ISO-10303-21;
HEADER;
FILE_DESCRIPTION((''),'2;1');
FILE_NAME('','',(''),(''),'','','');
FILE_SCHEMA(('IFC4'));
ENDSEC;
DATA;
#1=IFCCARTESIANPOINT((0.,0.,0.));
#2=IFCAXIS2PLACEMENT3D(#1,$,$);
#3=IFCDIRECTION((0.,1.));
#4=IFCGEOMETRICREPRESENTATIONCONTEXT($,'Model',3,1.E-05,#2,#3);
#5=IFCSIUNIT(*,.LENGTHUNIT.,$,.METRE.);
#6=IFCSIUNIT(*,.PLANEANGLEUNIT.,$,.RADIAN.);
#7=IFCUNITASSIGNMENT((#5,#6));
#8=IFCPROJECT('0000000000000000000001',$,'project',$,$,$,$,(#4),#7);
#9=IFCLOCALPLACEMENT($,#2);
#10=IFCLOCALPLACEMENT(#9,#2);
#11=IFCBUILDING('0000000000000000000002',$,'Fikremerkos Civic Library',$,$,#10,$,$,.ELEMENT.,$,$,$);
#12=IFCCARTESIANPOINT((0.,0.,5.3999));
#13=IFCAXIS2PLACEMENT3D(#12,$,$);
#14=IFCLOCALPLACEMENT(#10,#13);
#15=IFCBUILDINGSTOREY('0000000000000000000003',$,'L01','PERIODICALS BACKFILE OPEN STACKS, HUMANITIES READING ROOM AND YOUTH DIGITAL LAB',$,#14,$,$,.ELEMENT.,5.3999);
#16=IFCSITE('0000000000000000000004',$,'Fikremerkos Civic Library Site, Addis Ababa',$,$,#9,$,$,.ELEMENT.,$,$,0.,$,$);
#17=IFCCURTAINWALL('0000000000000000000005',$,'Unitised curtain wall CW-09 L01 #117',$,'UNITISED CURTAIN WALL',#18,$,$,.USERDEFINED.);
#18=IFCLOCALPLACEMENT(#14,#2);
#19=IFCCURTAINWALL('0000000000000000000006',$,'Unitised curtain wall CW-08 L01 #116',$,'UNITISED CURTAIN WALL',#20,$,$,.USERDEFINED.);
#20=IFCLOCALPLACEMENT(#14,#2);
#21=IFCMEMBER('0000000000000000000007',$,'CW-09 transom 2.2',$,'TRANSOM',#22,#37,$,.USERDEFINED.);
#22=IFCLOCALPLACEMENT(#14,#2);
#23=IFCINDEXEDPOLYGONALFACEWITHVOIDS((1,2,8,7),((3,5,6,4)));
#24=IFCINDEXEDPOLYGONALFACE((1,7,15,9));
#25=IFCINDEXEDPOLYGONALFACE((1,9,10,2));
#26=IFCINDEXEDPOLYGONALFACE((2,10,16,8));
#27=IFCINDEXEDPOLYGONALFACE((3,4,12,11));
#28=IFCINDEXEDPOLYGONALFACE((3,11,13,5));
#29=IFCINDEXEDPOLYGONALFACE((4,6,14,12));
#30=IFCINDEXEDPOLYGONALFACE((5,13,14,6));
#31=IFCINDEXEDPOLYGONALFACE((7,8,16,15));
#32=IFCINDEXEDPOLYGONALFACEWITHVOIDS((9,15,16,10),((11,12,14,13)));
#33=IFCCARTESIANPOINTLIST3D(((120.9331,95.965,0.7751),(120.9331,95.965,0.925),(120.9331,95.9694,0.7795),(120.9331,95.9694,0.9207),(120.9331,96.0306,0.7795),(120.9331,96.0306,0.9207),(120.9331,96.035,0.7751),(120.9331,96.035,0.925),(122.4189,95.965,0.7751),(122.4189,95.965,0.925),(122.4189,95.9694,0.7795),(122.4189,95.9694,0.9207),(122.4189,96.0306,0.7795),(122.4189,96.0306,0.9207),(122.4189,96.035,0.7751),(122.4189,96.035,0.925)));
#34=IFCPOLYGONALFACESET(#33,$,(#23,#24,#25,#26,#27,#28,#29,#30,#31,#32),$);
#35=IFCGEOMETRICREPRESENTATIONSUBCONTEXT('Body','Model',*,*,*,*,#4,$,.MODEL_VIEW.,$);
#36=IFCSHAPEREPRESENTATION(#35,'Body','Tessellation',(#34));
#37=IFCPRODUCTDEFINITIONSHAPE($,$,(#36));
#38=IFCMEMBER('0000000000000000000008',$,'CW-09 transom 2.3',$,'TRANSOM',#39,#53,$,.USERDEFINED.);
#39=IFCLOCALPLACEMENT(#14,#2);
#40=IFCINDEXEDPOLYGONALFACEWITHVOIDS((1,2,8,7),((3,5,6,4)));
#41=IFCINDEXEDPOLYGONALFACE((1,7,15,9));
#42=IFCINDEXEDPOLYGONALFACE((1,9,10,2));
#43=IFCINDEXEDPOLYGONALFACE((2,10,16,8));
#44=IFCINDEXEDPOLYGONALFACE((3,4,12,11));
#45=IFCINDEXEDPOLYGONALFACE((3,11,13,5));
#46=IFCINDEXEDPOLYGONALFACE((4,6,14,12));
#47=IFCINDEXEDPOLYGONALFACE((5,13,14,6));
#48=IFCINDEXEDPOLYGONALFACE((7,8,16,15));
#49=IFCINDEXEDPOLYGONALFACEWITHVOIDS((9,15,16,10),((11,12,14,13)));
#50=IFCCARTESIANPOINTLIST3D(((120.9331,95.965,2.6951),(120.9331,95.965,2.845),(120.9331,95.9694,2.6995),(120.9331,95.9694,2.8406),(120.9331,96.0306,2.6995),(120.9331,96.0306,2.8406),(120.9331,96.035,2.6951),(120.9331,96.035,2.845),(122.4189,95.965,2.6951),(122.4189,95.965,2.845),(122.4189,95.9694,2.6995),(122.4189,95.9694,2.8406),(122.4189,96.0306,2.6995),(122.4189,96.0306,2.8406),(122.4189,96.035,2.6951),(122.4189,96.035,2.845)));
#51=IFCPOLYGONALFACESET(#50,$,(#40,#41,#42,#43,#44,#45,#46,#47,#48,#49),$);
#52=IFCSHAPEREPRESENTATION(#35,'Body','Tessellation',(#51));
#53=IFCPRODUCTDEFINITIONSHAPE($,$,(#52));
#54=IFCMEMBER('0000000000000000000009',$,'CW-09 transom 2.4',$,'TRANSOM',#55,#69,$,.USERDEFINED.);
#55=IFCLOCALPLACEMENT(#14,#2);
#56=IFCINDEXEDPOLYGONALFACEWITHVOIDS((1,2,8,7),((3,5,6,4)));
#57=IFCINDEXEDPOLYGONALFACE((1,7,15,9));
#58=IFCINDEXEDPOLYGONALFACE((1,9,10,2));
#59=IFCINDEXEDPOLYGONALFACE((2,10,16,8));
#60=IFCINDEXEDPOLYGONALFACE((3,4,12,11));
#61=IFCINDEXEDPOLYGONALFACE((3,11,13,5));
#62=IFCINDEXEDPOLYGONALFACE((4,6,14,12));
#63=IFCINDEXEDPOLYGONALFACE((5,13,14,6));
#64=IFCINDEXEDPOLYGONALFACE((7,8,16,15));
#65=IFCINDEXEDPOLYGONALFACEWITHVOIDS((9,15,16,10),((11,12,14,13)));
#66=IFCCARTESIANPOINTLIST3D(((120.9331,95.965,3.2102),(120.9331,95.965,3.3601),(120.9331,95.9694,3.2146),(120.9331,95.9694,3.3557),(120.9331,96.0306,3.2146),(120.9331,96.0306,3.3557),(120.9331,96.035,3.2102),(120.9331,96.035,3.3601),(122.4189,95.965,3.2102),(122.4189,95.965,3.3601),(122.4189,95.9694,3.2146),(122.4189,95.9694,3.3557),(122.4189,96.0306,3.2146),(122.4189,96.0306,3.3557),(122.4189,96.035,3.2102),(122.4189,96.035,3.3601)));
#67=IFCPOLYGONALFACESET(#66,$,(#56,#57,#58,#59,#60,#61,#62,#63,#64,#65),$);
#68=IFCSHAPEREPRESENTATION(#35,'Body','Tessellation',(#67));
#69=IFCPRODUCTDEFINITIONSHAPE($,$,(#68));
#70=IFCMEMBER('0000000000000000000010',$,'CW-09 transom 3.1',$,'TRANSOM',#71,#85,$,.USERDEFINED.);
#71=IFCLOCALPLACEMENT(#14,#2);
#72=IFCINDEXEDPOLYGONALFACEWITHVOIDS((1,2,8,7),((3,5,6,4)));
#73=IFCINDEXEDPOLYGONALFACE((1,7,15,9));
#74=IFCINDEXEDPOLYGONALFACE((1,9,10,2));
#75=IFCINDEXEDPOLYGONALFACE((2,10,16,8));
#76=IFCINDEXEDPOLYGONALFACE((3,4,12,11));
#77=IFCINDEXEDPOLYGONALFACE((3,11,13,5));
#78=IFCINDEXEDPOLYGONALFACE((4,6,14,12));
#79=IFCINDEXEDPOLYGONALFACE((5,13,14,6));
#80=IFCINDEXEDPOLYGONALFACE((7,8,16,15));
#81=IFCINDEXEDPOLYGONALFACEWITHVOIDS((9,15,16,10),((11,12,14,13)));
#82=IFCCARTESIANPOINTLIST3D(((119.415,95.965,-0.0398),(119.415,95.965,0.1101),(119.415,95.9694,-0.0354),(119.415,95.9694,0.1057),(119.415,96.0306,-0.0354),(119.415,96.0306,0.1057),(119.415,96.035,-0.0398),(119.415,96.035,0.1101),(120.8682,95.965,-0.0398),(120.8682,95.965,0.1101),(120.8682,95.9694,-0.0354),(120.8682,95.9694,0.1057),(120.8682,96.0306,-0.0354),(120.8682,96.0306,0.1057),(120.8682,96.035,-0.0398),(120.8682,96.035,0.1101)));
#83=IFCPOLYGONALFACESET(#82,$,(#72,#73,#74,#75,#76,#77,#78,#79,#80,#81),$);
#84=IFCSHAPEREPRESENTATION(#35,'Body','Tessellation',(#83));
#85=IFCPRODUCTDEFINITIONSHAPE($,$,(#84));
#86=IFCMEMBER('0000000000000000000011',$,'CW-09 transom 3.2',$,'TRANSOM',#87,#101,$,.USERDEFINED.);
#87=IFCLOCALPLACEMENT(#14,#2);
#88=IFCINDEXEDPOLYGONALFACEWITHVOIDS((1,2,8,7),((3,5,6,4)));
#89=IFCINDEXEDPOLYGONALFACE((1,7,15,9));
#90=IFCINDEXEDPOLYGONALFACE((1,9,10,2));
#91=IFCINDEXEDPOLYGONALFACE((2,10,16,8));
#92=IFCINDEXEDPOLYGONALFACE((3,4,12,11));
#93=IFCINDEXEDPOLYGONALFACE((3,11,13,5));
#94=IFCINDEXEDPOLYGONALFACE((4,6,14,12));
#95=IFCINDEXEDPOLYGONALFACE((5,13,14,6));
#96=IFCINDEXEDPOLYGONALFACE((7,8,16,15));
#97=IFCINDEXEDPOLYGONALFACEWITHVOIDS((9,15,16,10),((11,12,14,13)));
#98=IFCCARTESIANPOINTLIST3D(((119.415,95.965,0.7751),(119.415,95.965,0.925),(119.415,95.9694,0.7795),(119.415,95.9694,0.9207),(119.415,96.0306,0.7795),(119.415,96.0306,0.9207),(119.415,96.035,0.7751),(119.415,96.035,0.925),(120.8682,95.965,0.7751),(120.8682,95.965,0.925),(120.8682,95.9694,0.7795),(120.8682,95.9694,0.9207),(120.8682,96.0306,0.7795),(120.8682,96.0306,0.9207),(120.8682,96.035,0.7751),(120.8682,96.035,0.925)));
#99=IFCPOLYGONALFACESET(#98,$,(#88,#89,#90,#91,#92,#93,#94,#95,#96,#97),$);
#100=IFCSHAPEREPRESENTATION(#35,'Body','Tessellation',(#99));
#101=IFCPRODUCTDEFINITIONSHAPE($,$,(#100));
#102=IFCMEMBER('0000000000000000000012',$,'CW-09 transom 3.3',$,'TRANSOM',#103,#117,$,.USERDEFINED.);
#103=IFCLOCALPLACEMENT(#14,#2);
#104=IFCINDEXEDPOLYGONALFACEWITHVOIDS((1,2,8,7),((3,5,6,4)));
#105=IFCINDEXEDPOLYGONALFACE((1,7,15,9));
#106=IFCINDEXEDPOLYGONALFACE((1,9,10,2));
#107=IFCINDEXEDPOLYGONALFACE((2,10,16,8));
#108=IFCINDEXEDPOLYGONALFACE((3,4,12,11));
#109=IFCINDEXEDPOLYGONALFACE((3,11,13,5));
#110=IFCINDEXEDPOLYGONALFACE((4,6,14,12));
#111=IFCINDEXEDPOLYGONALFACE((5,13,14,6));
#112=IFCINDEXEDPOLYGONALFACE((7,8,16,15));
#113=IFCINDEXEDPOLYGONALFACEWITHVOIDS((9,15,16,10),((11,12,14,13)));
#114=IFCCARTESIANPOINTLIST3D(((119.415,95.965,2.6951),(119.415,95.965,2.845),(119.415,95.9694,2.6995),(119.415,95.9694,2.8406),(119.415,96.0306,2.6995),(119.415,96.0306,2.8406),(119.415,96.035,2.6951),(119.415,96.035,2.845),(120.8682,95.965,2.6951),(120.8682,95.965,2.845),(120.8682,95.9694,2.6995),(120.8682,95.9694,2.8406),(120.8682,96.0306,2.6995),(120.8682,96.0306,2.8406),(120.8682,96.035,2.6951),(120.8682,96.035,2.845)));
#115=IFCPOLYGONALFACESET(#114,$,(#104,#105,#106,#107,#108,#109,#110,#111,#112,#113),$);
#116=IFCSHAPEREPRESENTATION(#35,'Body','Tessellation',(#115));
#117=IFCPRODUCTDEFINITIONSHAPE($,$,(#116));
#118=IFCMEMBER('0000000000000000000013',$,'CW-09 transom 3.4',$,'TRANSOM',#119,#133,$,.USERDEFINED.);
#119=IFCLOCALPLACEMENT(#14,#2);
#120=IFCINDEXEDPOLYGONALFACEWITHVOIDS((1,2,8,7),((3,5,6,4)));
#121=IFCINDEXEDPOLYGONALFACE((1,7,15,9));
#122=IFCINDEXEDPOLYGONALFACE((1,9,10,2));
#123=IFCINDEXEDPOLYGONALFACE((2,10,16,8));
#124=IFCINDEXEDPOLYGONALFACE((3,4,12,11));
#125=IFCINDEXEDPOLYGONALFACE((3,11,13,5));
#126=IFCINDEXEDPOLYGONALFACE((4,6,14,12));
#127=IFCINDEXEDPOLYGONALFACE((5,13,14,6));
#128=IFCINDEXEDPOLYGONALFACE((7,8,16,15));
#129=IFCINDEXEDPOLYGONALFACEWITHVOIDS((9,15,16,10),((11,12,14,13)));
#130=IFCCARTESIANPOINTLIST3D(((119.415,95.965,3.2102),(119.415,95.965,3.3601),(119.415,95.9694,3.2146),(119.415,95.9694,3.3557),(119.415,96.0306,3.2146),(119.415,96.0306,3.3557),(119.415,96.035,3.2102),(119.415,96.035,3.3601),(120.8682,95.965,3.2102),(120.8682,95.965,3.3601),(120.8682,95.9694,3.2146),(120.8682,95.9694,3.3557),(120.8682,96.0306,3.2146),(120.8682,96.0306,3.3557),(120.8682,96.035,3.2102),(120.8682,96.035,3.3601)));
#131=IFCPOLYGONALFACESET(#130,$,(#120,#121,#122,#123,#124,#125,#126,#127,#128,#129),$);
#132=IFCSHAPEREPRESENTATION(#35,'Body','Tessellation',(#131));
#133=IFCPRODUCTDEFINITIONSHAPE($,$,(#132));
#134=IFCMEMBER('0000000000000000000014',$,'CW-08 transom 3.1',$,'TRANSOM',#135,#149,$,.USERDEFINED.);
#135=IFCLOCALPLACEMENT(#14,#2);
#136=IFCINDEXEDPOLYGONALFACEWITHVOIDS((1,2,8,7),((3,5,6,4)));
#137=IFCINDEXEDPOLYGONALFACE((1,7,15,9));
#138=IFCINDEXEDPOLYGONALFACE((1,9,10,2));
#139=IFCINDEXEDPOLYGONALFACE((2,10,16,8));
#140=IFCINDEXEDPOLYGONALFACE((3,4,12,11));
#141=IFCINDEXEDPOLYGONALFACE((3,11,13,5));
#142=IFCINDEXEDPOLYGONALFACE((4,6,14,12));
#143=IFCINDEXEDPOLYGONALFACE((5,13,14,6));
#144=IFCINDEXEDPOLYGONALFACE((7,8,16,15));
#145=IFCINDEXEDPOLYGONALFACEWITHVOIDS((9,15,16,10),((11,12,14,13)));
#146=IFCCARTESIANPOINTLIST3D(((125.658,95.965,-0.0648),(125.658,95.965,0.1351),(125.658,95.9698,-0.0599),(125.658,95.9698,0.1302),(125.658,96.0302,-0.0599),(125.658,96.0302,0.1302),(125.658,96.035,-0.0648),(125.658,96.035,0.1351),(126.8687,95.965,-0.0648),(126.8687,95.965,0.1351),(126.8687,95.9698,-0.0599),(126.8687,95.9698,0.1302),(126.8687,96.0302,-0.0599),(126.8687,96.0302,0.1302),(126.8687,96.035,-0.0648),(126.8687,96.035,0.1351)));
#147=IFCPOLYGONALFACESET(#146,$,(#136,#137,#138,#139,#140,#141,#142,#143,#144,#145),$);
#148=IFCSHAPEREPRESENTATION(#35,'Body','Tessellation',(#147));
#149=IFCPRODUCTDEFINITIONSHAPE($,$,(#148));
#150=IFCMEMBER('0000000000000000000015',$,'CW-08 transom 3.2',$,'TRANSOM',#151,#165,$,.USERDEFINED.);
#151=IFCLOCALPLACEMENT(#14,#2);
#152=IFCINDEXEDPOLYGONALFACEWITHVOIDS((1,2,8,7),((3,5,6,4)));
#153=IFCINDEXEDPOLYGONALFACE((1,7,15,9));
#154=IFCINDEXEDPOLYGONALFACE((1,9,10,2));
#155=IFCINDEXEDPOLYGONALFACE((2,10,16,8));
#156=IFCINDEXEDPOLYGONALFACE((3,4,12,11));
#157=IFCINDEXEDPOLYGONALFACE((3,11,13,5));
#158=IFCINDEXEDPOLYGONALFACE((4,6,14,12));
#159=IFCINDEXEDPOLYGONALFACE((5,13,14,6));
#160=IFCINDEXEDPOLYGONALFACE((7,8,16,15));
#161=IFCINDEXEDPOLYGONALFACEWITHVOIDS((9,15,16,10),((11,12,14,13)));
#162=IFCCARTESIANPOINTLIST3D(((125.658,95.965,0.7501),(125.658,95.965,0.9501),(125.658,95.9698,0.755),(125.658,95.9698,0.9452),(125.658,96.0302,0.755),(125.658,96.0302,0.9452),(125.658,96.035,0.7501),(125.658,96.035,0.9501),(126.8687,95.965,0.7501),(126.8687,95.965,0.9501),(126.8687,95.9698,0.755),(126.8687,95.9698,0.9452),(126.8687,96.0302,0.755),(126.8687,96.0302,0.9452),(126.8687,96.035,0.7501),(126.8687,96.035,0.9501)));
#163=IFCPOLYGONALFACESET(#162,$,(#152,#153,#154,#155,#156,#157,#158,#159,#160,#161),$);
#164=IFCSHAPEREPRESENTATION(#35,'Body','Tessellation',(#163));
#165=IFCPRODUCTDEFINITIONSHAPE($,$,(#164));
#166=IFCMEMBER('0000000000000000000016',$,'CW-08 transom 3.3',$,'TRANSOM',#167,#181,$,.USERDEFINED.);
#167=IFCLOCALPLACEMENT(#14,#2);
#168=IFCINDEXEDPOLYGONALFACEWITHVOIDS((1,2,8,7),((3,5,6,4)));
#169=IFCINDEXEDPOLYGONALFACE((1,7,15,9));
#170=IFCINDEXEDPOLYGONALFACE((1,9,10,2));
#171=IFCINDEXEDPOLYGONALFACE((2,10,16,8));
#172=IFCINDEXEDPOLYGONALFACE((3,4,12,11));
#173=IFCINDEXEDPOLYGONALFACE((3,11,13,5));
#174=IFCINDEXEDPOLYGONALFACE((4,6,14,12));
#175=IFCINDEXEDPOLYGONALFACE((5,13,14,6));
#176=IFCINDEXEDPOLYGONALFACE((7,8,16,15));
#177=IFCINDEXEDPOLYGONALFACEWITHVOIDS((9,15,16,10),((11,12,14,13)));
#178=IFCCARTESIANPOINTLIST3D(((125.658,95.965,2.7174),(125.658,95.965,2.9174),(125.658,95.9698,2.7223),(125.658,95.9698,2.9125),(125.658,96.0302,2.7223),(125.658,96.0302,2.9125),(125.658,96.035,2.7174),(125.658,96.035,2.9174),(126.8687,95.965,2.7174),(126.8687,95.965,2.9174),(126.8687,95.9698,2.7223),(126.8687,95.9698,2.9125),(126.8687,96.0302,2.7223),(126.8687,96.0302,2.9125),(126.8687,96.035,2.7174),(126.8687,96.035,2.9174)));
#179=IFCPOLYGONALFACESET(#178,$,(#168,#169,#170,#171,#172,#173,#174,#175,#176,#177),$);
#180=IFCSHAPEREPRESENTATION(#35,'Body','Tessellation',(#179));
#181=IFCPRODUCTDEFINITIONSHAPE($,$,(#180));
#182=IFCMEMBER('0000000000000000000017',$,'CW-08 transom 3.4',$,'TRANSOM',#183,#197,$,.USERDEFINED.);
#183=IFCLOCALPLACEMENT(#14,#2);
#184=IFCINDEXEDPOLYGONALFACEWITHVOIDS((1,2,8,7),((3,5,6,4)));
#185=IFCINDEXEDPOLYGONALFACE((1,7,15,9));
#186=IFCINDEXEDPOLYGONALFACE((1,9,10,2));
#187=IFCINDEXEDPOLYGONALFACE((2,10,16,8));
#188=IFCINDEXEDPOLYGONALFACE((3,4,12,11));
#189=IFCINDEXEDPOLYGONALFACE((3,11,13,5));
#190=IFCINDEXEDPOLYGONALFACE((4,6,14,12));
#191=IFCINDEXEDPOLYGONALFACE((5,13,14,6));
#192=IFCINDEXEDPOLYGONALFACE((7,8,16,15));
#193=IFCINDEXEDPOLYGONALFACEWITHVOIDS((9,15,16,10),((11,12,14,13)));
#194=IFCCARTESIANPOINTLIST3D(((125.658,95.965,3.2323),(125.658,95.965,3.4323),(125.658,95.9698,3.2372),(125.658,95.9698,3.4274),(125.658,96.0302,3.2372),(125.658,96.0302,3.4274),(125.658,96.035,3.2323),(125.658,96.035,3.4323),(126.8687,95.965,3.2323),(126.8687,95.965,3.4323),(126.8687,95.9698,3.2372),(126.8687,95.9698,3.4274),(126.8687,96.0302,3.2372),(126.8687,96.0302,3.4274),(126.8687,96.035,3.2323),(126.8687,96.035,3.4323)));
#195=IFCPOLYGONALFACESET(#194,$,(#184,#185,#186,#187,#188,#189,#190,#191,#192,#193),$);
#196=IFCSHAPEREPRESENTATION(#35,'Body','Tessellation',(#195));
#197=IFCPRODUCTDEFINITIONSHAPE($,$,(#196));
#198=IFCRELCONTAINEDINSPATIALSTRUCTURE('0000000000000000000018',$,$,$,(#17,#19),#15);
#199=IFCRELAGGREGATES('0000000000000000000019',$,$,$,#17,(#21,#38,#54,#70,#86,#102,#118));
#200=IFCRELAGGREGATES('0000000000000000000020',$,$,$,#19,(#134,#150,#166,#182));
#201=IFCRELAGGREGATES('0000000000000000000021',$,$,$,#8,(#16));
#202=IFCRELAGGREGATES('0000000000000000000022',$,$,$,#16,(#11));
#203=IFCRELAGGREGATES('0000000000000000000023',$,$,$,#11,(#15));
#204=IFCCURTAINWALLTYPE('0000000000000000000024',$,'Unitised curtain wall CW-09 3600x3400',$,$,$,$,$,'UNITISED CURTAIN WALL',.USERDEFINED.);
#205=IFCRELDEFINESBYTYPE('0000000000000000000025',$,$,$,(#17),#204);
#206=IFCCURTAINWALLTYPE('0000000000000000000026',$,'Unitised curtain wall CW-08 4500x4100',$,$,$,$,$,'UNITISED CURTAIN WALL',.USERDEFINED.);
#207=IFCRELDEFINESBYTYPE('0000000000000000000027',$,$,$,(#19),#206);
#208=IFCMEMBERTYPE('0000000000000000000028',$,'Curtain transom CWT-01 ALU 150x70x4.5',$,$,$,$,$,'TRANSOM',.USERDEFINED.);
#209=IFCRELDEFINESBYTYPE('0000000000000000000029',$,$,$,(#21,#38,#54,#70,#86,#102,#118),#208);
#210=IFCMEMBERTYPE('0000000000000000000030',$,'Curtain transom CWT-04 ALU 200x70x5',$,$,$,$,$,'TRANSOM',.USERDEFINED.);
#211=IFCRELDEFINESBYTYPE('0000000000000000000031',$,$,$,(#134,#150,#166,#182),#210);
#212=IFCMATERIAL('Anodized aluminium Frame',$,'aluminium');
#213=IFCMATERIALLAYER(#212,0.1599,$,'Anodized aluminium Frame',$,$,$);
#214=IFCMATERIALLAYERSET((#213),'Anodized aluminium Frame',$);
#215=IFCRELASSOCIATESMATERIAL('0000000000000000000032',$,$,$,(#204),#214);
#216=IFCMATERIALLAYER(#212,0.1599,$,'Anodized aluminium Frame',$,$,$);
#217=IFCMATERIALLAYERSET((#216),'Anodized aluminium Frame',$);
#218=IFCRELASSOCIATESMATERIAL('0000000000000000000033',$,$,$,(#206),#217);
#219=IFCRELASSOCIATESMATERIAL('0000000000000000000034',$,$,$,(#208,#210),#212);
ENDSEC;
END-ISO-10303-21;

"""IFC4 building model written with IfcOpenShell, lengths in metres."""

from ifc_helpers import new_model, si_unit, direction, frame, origin, origin_2d, place, context, subcontext, project, spatial, hollow_rectangle, extrude, material, layer, layer_set, material_profile, profile_set, type_object, element, aggregate, save


model = new_model("IFC4")

# Units and contexts
model_context = context("Model", 3, precision=1e-05, world=origin(), true_north=direction((0.0, 1.0)))
body_context = subcontext(model_context, "Body", "Model", "MODEL_VIEW")
ifc_project = project(units=[si_unit("LENGTHUNIT", "METRE"), si_unit("PLANEANGLEUNIT", "RADIAN")], contexts=[model_context])

# Site, building, storey
site_placement = place(None, origin())
site = spatial("IfcSite", under=ifc_project, at=site_placement, Name="Fikremerkos Civic Library Site, Addis Ababa", CompositionType="ELEMENT", RefElevation=0.0)
building_placement = place(site_placement, origin())
building = spatial("IfcBuilding", under=site, at=building_placement, Name="Fikremerkos Civic Library", CompositionType="ELEMENT")
storey_placement = place(building_placement, frame((0.0, 0.0, 5.3999)))
storey = spatial("IfcBuildingStorey", under=building, at=storey_placement, Name="L01", Description="PERIODICALS BACKFILE OPEN STACKS, HUMANITIES READING ROOM AND YOUTH DIGITAL LAB", CompositionType="ELEMENT", Elevation=5.3999)

# Curtain walls
ifc_material_1 = material(Name="Anodized aluminium Frame", Category="aluminium")
ifc_layer_1 = layer(ifc_material_1, 0.1599, Name="Anodized aluminium Frame")
ifc_layer_set_1 = layer_set([ifc_layer_1], Name="Anodized aluminium Frame")
curtain_wall_type_1 = type_object("IfcCurtainWallType", Name="Unitised curtain wall CW-09 3600x3400", ElementType="UNITISED CURTAIN WALL", PredefinedType="USERDEFINED", material=ifc_layer_set_1)
curtain_wall_1_placement = place(storey_placement, origin())
curtain_wall_1 = element("IfcCurtainWall", 1, at=curtain_wall_1_placement, inside=storey, type_object=curtain_wall_type_1, Name="Unitised curtain wall CW-09 L01 #117", ObjectType="UNITISED CURTAIN WALL", PredefinedType="USERDEFINED")
ifc_layer_2 = layer(ifc_material_1, 0.1599, Name="Anodized aluminium Frame")
ifc_layer_set_2 = layer_set([ifc_layer_2], Name="Anodized aluminium Frame")
curtain_wall_type_2 = type_object("IfcCurtainWallType", Name="Unitised curtain wall CW-08 4500x4100", ElementType="UNITISED CURTAIN WALL", PredefinedType="USERDEFINED", material=ifc_layer_set_2)
curtain_wall_2_placement = place(storey_placement, origin())
curtain_wall_2 = element("IfcCurtainWall", 2, at=curtain_wall_2_placement, inside=storey, type_object=curtain_wall_type_2, Name="Unitised curtain wall CW-08 L01 #116", ObjectType="UNITISED CURTAIN WALL", PredefinedType="USERDEFINED")

# Members
ifc_material_profile_1 = material_profile(ifc_material_1, hollow_rectangle(XDim=0.0701, YDim=0.1499, WallThickness=0.0044, at=origin_2d()), Name="ALU 150x70x4.5")
ifc_profile_set_1 = profile_set([ifc_material_profile_1], Name="Anodized aluminium Frame")
member_type_1 = type_object("IfcMemberType", Name="Curtain transom CWT-01 ALU 150x70x4.5", ElementType="TRANSOM", PredefinedType="USERDEFINED", material=ifc_profile_set_1)
member_1_placement = place(storey_placement, frame((122.4189, 96.0, 0.8501), z_axis=(-1.0, 0.0, 0.0), x_axis=(0.0, -1.0, 0.0)))
member_1 = element("IfcMember", 3, at=member_1_placement, type_object=member_type_1, Name="CW-09 transom 2.2", ObjectType="TRANSOM", PredefinedType="USERDEFINED", context=body_context, shape_type="SweptSolid", body=[
    extrude(hollow_rectangle(XDim=0.0701, YDim=0.1499, WallThickness=0.0044, at=origin_2d()), origin(), (0.0, 0.0, 1.0), 1.4858),
])
member_2_placement = place(storey_placement, frame((122.4189, 96.0, 2.77), z_axis=(-1.0, 0.0, 0.0), x_axis=(0.0, -1.0, 0.0)))
member_2 = element("IfcMember", 4, at=member_2_placement, type_object=member_type_1, Name="CW-09 transom 2.3", ObjectType="TRANSOM", PredefinedType="USERDEFINED", context=body_context, shape_type="SweptSolid", body=[
    extrude(hollow_rectangle(XDim=0.0701, YDim=0.1499, WallThickness=0.0044, at=origin_2d()), origin(), (0.0, 0.0, 1.0), 1.4858),
])
member_3_placement = place(storey_placement, frame((122.4189, 96.0, 3.2852), z_axis=(-1.0, 0.0, 0.0), x_axis=(0.0, -1.0, 0.0)))
member_3 = element("IfcMember", 5, at=member_3_placement, type_object=member_type_1, Name="CW-09 transom 2.4", ObjectType="TRANSOM", PredefinedType="USERDEFINED", context=body_context, shape_type="SweptSolid", body=[
    extrude(hollow_rectangle(XDim=0.0701, YDim=0.1499, WallThickness=0.0044, at=origin_2d()), origin(), (0.0, 0.0, 1.0), 1.4858),
])
member_4_placement = place(storey_placement, frame((120.8682, 96.0, 0.0352), z_axis=(-1.0, 0.0, 0.0), x_axis=(0.0, -1.0, 0.0)))
member_4 = element("IfcMember", 6, at=member_4_placement, type_object=member_type_1, Name="CW-09 transom 3.1", ObjectType="TRANSOM", PredefinedType="USERDEFINED", context=body_context, shape_type="SweptSolid", body=[
    extrude(hollow_rectangle(XDim=0.0701, YDim=0.1499, WallThickness=0.0044, at=origin_2d()), origin(), (0.0, 0.0, 1.0), 1.4531),
])
member_5_placement = place(storey_placement, frame((120.8682, 96.0, 0.8501), z_axis=(-1.0, 0.0, 0.0), x_axis=(0.0, -1.0, 0.0)))
member_5 = element("IfcMember", 7, at=member_5_placement, type_object=member_type_1, Name="CW-09 transom 3.2", ObjectType="TRANSOM", PredefinedType="USERDEFINED", context=body_context, shape_type="SweptSolid", body=[
    extrude(hollow_rectangle(XDim=0.0701, YDim=0.1499, WallThickness=0.0044, at=origin_2d()), origin(), (0.0, 0.0, 1.0), 1.4531),
])
member_6_placement = place(storey_placement, frame((120.8682, 96.0, 2.77), z_axis=(-1.0, 0.0, 0.0), x_axis=(0.0, -1.0, 0.0)))
member_6 = element("IfcMember", 8, at=member_6_placement, type_object=member_type_1, Name="CW-09 transom 3.3", ObjectType="TRANSOM", PredefinedType="USERDEFINED", context=body_context, shape_type="SweptSolid", body=[
    extrude(hollow_rectangle(XDim=0.0701, YDim=0.1499, WallThickness=0.0044, at=origin_2d()), origin(), (0.0, 0.0, 1.0), 1.4531),
])
member_7_placement = place(storey_placement, frame((120.8682, 96.0, 3.2852), z_axis=(-1.0, 0.0, 0.0), x_axis=(0.0, -1.0, 0.0)))
member_7 = element("IfcMember", 9, at=member_7_placement, type_object=member_type_1, Name="CW-09 transom 3.4", ObjectType="TRANSOM", PredefinedType="USERDEFINED", context=body_context, shape_type="SweptSolid", body=[
    extrude(hollow_rectangle(XDim=0.0701, YDim=0.1499, WallThickness=0.0044, at=origin_2d()), origin(), (0.0, 0.0, 1.0), 1.4531),
])
ifc_material_profile_2 = material_profile(ifc_material_1, hollow_rectangle(XDim=0.0701, YDim=0.2, WallThickness=0.0049, at=origin_2d()), Name="ALU 200x70x5")
ifc_profile_set_2 = profile_set([ifc_material_profile_2], Name="Anodized aluminium Frame")
member_type_2 = type_object("IfcMemberType", Name="Curtain transom CWT-04 ALU 200x70x5", ElementType="TRANSOM", PredefinedType="USERDEFINED", material=ifc_profile_set_2)
member_8_placement = place(storey_placement, frame((126.8687, 96.0, 0.0352), z_axis=(-1.0, 0.0, 0.0), x_axis=(0.0, -1.0, 0.0)))
member_8 = element("IfcMember", 10, at=member_8_placement, type_object=member_type_2, Name="CW-08 transom 3.1", ObjectType="TRANSOM", PredefinedType="USERDEFINED", context=body_context, shape_type="SweptSolid", body=[
    extrude(hollow_rectangle(XDim=0.0701, YDim=0.2, WallThickness=0.0049, at=origin_2d()), origin(), (0.0, 0.0, 1.0), 1.2107),
])
member_9_placement = place(storey_placement, frame((126.8687, 96.0, 0.8501), z_axis=(-1.0, 0.0, 0.0), x_axis=(0.0, -1.0, 0.0)))
member_9 = element("IfcMember", 11, at=member_9_placement, type_object=member_type_2, Name="CW-08 transom 3.2", ObjectType="TRANSOM", PredefinedType="USERDEFINED", context=body_context, shape_type="SweptSolid", body=[
    extrude(hollow_rectangle(XDim=0.0701, YDim=0.2, WallThickness=0.0049, at=origin_2d()), origin(), (0.0, 0.0, 1.0), 1.2107),
])
member_10_placement = place(storey_placement, frame((126.8687, 96.0, 2.8174), z_axis=(-1.0, 0.0, 0.0), x_axis=(0.0, -1.0, 0.0)))
member_10 = element("IfcMember", 12, at=member_10_placement, type_object=member_type_2, Name="CW-08 transom 3.3", ObjectType="TRANSOM", PredefinedType="USERDEFINED", context=body_context, shape_type="SweptSolid", body=[
    extrude(hollow_rectangle(XDim=0.0701, YDim=0.2, WallThickness=0.0049, at=origin_2d()), origin(), (0.0, 0.0, 1.0), 1.2107),
])
member_11_placement = place(storey_placement, frame((126.8687, 96.0, 3.3323), z_axis=(-1.0, 0.0, 0.0), x_axis=(0.0, -1.0, 0.0)))
member_11 = element("IfcMember", 13, at=member_11_placement, type_object=member_type_2, Name="CW-08 transom 3.4", ObjectType="TRANSOM", PredefinedType="USERDEFINED", context=body_context, shape_type="SweptSolid", body=[
    extrude(hollow_rectangle(XDim=0.0701, YDim=0.2, WallThickness=0.0049, at=origin_2d()), origin(), (0.0, 0.0, 1.0), 1.2107),
])

aggregate(curtain_wall_1, [member_1, member_2, member_3, member_4, member_5, member_6, member_7])
aggregate(curtain_wall_2, [member_8, member_9, member_10, member_11])

save(model, "model.ifc")
